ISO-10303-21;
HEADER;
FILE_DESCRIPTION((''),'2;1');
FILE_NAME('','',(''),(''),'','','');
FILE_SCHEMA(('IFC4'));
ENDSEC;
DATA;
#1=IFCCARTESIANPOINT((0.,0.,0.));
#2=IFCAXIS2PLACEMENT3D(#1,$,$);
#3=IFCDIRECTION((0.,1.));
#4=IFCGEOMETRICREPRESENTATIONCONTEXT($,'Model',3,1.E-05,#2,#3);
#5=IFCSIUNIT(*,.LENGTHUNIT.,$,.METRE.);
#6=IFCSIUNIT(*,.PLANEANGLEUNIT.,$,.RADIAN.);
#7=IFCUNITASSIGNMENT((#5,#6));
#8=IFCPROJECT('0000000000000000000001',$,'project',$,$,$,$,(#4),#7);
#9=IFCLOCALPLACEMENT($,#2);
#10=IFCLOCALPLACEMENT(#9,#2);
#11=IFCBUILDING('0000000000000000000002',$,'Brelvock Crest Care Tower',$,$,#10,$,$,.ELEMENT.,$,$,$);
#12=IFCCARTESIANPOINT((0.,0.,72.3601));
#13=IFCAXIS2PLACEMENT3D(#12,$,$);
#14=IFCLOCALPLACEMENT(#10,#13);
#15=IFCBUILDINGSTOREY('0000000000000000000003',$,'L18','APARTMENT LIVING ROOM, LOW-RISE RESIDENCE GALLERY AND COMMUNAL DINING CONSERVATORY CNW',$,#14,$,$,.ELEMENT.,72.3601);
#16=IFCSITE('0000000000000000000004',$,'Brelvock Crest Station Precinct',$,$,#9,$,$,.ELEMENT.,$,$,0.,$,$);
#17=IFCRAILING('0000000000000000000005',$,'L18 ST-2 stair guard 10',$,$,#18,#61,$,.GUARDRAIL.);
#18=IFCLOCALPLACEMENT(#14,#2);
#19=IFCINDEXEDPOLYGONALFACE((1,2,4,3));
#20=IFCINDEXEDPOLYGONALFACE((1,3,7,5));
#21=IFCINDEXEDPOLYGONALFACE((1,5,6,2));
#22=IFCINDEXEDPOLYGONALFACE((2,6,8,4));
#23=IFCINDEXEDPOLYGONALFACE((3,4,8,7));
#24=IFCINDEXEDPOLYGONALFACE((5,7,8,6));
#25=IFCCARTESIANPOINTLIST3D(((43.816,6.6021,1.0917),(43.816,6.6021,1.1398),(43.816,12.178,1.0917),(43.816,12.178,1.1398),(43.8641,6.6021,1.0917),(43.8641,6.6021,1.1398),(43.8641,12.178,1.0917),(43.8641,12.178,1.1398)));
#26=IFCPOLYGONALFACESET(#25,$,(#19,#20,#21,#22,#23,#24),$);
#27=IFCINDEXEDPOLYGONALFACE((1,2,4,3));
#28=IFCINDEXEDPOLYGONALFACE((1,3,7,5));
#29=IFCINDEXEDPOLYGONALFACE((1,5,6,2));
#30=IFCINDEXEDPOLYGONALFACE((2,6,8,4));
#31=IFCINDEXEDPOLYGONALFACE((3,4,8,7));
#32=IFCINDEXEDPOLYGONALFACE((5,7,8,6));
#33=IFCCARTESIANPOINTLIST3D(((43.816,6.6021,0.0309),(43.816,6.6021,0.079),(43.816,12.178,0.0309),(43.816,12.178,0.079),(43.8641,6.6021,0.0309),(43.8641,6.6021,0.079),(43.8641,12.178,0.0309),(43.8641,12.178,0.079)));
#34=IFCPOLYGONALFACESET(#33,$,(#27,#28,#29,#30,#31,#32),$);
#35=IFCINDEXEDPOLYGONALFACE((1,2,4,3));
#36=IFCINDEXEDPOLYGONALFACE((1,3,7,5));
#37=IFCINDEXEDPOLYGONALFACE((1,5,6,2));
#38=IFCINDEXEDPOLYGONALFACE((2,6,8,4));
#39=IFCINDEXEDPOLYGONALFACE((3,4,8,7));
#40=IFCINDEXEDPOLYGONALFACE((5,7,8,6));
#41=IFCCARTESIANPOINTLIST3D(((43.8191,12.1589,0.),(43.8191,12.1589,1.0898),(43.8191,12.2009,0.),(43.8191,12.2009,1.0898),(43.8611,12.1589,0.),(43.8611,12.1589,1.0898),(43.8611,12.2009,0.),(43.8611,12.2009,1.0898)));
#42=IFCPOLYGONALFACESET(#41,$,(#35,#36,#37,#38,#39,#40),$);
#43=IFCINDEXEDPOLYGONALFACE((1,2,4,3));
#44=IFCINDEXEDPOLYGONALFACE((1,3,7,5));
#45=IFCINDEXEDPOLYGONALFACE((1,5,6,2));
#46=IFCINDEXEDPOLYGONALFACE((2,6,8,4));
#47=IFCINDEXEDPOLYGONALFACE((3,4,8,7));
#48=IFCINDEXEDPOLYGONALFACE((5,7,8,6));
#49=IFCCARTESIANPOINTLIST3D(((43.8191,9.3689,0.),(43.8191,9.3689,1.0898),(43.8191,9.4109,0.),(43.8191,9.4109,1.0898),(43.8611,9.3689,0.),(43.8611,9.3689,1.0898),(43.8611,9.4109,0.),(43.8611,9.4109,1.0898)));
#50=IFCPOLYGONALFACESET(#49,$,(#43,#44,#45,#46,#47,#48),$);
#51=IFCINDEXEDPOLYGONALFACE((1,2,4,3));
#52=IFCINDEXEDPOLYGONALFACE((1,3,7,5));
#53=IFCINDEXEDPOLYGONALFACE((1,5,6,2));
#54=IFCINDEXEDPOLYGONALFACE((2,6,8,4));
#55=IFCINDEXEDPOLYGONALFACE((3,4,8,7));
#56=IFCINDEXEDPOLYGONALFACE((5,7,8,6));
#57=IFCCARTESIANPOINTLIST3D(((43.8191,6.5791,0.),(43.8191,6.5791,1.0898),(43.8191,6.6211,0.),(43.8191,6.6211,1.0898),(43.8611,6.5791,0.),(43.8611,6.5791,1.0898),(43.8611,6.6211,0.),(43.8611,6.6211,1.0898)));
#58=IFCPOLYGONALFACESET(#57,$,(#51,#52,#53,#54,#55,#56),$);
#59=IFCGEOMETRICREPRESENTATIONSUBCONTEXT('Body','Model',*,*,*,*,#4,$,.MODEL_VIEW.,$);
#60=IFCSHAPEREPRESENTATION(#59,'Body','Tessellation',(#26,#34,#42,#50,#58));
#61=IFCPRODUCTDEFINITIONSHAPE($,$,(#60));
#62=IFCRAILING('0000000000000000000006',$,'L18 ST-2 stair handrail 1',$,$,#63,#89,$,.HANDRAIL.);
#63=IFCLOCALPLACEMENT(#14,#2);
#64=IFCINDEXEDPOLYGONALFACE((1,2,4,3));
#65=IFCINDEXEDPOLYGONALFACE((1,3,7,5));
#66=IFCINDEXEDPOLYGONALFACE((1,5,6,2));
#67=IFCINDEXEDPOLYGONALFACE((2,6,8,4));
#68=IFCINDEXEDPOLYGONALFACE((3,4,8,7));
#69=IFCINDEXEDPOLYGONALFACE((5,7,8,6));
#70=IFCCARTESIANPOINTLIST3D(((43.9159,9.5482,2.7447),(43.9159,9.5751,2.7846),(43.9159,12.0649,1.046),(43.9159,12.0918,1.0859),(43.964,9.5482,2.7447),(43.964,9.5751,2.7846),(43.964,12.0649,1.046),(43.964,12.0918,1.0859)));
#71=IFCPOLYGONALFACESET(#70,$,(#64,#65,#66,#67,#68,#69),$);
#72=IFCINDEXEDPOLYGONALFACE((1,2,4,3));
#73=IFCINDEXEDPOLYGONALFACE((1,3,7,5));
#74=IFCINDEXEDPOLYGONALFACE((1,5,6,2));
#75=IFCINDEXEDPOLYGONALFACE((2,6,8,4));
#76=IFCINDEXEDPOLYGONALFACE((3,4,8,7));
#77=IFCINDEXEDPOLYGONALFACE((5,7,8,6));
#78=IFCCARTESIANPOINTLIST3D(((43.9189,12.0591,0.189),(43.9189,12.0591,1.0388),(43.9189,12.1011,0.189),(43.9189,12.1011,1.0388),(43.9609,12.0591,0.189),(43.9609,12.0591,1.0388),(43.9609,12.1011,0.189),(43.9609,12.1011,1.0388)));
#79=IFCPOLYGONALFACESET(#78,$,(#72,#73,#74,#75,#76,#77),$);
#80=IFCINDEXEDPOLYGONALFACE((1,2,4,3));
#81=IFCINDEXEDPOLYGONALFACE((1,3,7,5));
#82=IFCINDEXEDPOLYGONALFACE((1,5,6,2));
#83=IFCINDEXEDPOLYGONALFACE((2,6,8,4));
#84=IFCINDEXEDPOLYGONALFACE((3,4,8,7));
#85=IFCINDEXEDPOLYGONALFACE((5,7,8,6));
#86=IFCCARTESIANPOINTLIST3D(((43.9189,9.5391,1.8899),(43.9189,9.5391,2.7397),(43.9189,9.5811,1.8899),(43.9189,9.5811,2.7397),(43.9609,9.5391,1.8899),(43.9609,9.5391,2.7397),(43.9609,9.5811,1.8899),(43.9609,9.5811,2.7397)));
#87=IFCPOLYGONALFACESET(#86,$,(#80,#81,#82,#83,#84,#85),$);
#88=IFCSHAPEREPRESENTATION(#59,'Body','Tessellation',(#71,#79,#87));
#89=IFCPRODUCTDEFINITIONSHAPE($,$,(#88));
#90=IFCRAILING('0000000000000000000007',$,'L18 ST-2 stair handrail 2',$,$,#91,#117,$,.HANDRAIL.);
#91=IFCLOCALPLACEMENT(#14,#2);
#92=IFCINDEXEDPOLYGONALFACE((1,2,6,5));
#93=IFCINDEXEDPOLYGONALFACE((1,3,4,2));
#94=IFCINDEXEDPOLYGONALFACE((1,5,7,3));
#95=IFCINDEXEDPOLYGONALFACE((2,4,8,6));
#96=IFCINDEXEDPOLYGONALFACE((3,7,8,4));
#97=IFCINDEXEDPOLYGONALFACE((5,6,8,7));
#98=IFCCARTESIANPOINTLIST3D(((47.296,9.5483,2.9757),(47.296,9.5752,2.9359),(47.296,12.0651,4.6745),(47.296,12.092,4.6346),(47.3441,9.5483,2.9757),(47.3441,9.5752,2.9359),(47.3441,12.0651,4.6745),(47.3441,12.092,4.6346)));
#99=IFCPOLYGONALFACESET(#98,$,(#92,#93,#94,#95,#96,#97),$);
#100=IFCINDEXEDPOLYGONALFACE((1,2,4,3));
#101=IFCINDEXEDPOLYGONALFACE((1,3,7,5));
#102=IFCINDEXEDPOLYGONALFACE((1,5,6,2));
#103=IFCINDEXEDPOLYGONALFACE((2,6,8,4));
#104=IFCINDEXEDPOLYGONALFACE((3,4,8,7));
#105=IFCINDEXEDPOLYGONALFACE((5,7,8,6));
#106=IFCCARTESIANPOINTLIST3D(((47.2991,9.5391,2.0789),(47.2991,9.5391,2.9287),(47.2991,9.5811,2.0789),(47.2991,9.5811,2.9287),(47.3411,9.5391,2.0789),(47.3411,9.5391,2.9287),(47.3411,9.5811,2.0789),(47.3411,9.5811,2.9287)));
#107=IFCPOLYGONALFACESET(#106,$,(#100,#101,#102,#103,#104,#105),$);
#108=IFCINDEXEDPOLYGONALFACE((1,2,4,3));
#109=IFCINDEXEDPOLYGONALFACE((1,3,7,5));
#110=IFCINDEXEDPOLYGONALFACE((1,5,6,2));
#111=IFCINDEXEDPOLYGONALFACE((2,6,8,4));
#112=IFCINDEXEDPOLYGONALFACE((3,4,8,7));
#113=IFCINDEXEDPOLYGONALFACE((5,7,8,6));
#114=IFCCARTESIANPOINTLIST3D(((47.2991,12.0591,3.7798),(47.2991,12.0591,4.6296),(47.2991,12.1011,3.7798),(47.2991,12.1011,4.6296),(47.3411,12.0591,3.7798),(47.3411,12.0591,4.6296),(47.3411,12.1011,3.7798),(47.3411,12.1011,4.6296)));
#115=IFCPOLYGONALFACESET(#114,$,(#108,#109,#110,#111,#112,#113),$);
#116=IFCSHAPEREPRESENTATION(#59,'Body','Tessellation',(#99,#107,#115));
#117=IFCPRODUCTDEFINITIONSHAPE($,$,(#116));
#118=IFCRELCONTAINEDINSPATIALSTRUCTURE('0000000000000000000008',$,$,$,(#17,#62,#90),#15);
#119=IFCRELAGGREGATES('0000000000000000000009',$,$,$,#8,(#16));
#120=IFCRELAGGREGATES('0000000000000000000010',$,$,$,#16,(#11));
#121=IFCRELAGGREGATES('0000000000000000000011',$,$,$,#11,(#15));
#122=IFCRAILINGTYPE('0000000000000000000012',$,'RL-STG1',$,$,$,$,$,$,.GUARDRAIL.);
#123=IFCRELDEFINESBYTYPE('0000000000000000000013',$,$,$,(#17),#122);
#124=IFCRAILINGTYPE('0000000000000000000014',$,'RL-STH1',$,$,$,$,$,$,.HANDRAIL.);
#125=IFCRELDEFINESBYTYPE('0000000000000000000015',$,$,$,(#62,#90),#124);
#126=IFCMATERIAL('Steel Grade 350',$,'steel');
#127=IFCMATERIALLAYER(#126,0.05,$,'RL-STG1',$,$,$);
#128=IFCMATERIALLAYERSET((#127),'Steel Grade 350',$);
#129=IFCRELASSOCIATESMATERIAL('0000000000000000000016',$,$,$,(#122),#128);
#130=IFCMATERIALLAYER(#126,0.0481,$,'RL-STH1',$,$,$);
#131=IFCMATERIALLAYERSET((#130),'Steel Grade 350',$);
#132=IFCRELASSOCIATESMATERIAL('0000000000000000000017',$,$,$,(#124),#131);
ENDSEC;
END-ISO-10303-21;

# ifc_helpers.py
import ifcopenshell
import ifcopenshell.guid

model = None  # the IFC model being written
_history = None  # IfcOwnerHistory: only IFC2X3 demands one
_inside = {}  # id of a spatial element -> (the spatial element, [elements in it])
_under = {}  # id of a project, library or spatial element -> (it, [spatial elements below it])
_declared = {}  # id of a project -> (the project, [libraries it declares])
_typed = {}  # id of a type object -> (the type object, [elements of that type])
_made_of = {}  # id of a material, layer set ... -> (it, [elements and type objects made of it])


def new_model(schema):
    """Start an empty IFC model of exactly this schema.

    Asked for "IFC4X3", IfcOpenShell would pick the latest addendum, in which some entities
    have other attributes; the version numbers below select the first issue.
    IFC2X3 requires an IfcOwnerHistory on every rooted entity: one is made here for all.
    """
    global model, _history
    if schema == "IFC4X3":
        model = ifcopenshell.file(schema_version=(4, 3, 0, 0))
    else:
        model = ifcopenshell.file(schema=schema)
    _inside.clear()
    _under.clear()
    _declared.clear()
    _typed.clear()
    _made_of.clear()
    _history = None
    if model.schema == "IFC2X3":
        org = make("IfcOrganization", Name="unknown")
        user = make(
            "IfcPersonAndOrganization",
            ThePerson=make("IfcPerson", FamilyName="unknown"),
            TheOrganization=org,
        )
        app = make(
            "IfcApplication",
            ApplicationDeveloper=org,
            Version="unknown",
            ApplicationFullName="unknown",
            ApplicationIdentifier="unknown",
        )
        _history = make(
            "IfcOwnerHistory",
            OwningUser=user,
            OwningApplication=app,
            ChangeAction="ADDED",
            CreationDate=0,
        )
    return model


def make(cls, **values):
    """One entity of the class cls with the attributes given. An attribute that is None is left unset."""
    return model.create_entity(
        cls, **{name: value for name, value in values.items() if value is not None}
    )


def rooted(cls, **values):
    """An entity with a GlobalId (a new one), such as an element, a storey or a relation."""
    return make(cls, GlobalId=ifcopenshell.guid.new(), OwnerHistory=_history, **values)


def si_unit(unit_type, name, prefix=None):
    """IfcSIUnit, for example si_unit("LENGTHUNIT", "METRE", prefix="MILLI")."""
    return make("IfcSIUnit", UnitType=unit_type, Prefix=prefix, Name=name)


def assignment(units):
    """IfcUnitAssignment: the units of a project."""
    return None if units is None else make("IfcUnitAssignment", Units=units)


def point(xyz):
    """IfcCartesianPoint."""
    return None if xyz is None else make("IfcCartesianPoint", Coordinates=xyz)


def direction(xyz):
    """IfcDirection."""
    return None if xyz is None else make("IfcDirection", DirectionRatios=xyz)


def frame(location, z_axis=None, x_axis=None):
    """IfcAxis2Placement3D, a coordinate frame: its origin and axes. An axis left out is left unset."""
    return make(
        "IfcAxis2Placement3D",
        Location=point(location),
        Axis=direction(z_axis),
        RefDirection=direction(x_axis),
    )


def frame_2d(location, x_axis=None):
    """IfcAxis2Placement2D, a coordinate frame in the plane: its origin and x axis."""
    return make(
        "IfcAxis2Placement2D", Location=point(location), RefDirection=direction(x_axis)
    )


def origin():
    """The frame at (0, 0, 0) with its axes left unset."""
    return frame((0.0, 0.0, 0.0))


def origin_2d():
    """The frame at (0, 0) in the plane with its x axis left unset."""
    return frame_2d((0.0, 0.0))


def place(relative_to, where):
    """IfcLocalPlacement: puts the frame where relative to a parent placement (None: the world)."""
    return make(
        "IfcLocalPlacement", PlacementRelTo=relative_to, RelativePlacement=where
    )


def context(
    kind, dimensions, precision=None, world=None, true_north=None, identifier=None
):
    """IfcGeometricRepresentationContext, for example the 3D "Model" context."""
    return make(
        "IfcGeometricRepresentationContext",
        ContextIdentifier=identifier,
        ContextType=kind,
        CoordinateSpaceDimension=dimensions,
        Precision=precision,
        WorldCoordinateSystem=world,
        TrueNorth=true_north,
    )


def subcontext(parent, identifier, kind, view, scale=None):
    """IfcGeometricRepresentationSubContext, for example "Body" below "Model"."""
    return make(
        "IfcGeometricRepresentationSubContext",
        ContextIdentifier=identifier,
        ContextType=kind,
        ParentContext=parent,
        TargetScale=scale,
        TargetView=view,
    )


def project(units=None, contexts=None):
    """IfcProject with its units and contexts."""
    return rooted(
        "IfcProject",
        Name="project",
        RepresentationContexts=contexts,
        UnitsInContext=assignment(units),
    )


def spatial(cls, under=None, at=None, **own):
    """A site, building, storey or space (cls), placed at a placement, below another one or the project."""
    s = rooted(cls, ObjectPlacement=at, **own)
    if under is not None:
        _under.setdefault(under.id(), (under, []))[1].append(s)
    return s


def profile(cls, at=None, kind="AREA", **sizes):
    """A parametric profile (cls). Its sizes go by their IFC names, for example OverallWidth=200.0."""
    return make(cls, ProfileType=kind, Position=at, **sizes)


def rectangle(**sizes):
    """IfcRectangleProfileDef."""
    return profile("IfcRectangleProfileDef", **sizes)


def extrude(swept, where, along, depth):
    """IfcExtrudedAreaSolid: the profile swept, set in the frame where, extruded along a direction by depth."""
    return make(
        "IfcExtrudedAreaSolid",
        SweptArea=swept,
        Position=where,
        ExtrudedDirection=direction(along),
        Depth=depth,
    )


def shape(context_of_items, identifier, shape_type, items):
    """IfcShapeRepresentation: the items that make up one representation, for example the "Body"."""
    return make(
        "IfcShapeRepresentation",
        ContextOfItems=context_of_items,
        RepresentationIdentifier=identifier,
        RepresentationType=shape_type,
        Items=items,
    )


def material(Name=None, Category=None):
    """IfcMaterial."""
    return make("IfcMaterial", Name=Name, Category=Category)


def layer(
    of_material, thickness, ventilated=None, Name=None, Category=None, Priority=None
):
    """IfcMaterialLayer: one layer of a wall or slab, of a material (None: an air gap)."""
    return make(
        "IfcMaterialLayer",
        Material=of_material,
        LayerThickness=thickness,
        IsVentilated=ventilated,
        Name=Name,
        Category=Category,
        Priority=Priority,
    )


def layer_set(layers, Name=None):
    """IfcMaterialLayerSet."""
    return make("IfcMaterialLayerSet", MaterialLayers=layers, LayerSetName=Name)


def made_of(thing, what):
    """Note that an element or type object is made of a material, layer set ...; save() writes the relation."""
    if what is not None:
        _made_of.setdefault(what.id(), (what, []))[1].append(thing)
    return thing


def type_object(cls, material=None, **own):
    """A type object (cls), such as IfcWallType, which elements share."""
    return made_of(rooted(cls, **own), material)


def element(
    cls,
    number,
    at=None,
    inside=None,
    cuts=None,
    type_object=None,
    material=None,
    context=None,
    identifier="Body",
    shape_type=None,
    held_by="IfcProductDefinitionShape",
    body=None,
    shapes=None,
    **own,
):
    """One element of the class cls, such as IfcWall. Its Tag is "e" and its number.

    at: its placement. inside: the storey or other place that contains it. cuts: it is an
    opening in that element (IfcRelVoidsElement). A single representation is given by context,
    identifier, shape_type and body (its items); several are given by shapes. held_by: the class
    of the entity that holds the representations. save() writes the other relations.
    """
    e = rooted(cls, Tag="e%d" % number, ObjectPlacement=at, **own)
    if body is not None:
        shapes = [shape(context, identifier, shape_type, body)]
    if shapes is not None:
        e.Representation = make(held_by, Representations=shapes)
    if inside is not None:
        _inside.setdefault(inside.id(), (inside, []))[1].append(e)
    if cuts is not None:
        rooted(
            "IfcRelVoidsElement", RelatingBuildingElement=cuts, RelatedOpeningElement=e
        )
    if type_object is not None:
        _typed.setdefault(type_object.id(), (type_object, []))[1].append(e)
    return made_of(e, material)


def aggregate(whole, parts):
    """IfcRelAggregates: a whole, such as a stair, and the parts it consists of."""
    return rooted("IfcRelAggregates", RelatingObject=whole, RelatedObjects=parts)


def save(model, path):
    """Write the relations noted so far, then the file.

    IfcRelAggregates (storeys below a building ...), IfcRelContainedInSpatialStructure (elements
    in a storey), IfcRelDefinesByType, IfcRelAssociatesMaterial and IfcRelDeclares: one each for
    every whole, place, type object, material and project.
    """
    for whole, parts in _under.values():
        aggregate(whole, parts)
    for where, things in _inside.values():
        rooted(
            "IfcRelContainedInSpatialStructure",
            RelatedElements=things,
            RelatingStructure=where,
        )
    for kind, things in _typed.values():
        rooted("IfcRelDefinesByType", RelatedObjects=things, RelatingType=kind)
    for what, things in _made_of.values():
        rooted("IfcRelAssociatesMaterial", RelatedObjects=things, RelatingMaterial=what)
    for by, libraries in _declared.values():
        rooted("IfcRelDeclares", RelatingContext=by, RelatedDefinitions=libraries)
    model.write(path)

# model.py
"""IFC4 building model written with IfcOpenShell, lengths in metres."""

from ifc_helpers import new_model, si_unit, direction, frame, origin, origin_2d, place, context, subcontext, project, spatial, rectangle, extrude, material, layer, layer_set, type_object, element, save


model = new_model("IFC4")

# Units and contexts
model_context = context("Model", 3, precision=1e-05, world=origin(), true_north=direction((0.0, 1.0)))
body_context = subcontext(model_context, "Body", "Model", "MODEL_VIEW")
ifc_project = project(units=[si_unit("LENGTHUNIT", "METRE"), si_unit("PLANEANGLEUNIT", "RADIAN")], contexts=[model_context])

# Site, building, storey
site_placement = place(None, origin())
site = spatial("IfcSite", under=ifc_project, at=site_placement, Name="Brelvock Crest Station Precinct", CompositionType="ELEMENT", RefElevation=0.0)
building_placement = place(site_placement, origin())
building = spatial("IfcBuilding", under=site, at=building_placement, Name="Brelvock Crest Care Tower", CompositionType="ELEMENT")
storey_placement = place(building_placement, frame((0.0, 0.0, 72.3601)))
storey = spatial("IfcBuildingStorey", under=building, at=storey_placement, Name="L18", Description="APARTMENT LIVING ROOM, LOW-RISE RESIDENCE GALLERY AND COMMUNAL DINING CONSERVATORY CNW", CompositionType="ELEMENT", Elevation=72.3601)

# Shared definitions
ifc_material_1 = material(Name="Steel Grade 350", Category="steel")

# Railings
ifc_layer_1 = layer(ifc_material_1, 0.05, Name="RL-STG1")
ifc_layer_set_1 = layer_set([ifc_layer_1], Name="Steel Grade 350")
railing_type_1 = type_object("IfcRailingType", Name="RL-STG1", PredefinedType="GUARDRAIL", material=ifc_layer_set_1)
railing_1_placement = place(storey_placement, frame((43.8401, 12.1799, 0.0)))
element("IfcRailing", 1, at=railing_1_placement, inside=storey, type_object=railing_type_1, Name="L18 ST-2 stair guard 10", PredefinedType="GUARDRAIL", context=body_context, shape_type="SweptSolid", body=[
    extrude(rectangle(XDim=0.0481, YDim=0.0481, at=origin_2d()), frame((0.0, -0.002, 1.1157), z_axis=(0.0, -1.0, 0.0), x_axis=(1.0, 0.0, 0.0)), (0.0, 0.0, 1.0), 5.5759),
    extrude(rectangle(XDim=0.0481, YDim=0.0481, at=origin_2d()), frame((0.0, -0.002, 0.0549), z_axis=(0.0, -1.0, 0.0), x_axis=(1.0, 0.0, 0.0)), (0.0, 0.0, 1.0), 5.5759),
    extrude(rectangle(XDim=0.042, YDim=0.042, at=origin_2d()), origin(), (0.0, 0.0, 1.0), 1.0898),
    extrude(rectangle(XDim=0.042, YDim=0.042, at=origin_2d()), frame((0.0, -2.79, 0.0)), (0.0, 0.0, 1.0), 1.0898),
    extrude(rectangle(XDim=0.042, YDim=0.042, at=origin_2d()), frame((0.0, -5.5798, 0.0)), (0.0, 0.0, 1.0), 1.0898),
])
ifc_layer_2 = layer(ifc_material_1, 0.0481, Name="RL-STH1")
ifc_layer_set_2 = layer_set([ifc_layer_2], Name="Steel Grade 350")
railing_type_2 = type_object("IfcRailingType", Name="RL-STH1", PredefinedType="HANDRAIL", material=ifc_layer_set_2)
railing_2_placement = place(storey_placement, frame((43.9399, 12.0801, 0.189)))
element("IfcRailing", 2, at=railing_2_placement, inside=storey, type_object=railing_type_2, Name="L18 ST-2 stair handrail 1", PredefinedType="HANDRAIL", context=body_context, shape_type="SweptSolid", body=[
    extrude(rectangle(XDim=0.0481, YDim=0.0481, at=origin_2d()), frame((0.0, -0.0017, 0.877), z_axis=(0.0, -0.828862, 0.559454), x_axis=(1.0, 0.0, 0.0)), (0.0, 0.0, 1.0), 3.0364),
    extrude(rectangle(XDim=0.042, YDim=0.042, at=origin_2d()), origin(), (0.0, 0.0, 1.0), 0.8499),
    extrude(rectangle(XDim=0.042, YDim=0.042, at=origin_2d()), frame((0.0, -2.52, 1.7009)), (0.0, 0.0, 1.0), 0.8499),
])
railing_3_placement = place(storey_placement, frame((47.3201, 9.5601, 2.0789)))
element("IfcRailing", 3, at=railing_3_placement, inside=storey, type_object=railing_type_2, Name="L18 ST-2 stair handrail 2", PredefinedType="HANDRAIL", context=body_context, shape_type="SweptSolid", body=[
    extrude(rectangle(XDim=0.0481, YDim=0.0481, at=origin_2d()), frame((0.0, 0.0017, 0.877), z_axis=(0.0, 0.828862, 0.559454), x_axis=(-1.0, 0.0, 0.0)), (0.0, 0.0, 1.0), 3.0364),
    extrude(rectangle(XDim=0.042, YDim=0.042, at=origin_2d()), origin(), (0.0, 0.0, 1.0), 0.8499),
    extrude(rectangle(XDim=0.042, YDim=0.042, at=origin_2d()), frame((0.0, 2.52, 1.7009)), (0.0, 0.0, 1.0), 0.8499),
])

save(model, "model.ifc")
